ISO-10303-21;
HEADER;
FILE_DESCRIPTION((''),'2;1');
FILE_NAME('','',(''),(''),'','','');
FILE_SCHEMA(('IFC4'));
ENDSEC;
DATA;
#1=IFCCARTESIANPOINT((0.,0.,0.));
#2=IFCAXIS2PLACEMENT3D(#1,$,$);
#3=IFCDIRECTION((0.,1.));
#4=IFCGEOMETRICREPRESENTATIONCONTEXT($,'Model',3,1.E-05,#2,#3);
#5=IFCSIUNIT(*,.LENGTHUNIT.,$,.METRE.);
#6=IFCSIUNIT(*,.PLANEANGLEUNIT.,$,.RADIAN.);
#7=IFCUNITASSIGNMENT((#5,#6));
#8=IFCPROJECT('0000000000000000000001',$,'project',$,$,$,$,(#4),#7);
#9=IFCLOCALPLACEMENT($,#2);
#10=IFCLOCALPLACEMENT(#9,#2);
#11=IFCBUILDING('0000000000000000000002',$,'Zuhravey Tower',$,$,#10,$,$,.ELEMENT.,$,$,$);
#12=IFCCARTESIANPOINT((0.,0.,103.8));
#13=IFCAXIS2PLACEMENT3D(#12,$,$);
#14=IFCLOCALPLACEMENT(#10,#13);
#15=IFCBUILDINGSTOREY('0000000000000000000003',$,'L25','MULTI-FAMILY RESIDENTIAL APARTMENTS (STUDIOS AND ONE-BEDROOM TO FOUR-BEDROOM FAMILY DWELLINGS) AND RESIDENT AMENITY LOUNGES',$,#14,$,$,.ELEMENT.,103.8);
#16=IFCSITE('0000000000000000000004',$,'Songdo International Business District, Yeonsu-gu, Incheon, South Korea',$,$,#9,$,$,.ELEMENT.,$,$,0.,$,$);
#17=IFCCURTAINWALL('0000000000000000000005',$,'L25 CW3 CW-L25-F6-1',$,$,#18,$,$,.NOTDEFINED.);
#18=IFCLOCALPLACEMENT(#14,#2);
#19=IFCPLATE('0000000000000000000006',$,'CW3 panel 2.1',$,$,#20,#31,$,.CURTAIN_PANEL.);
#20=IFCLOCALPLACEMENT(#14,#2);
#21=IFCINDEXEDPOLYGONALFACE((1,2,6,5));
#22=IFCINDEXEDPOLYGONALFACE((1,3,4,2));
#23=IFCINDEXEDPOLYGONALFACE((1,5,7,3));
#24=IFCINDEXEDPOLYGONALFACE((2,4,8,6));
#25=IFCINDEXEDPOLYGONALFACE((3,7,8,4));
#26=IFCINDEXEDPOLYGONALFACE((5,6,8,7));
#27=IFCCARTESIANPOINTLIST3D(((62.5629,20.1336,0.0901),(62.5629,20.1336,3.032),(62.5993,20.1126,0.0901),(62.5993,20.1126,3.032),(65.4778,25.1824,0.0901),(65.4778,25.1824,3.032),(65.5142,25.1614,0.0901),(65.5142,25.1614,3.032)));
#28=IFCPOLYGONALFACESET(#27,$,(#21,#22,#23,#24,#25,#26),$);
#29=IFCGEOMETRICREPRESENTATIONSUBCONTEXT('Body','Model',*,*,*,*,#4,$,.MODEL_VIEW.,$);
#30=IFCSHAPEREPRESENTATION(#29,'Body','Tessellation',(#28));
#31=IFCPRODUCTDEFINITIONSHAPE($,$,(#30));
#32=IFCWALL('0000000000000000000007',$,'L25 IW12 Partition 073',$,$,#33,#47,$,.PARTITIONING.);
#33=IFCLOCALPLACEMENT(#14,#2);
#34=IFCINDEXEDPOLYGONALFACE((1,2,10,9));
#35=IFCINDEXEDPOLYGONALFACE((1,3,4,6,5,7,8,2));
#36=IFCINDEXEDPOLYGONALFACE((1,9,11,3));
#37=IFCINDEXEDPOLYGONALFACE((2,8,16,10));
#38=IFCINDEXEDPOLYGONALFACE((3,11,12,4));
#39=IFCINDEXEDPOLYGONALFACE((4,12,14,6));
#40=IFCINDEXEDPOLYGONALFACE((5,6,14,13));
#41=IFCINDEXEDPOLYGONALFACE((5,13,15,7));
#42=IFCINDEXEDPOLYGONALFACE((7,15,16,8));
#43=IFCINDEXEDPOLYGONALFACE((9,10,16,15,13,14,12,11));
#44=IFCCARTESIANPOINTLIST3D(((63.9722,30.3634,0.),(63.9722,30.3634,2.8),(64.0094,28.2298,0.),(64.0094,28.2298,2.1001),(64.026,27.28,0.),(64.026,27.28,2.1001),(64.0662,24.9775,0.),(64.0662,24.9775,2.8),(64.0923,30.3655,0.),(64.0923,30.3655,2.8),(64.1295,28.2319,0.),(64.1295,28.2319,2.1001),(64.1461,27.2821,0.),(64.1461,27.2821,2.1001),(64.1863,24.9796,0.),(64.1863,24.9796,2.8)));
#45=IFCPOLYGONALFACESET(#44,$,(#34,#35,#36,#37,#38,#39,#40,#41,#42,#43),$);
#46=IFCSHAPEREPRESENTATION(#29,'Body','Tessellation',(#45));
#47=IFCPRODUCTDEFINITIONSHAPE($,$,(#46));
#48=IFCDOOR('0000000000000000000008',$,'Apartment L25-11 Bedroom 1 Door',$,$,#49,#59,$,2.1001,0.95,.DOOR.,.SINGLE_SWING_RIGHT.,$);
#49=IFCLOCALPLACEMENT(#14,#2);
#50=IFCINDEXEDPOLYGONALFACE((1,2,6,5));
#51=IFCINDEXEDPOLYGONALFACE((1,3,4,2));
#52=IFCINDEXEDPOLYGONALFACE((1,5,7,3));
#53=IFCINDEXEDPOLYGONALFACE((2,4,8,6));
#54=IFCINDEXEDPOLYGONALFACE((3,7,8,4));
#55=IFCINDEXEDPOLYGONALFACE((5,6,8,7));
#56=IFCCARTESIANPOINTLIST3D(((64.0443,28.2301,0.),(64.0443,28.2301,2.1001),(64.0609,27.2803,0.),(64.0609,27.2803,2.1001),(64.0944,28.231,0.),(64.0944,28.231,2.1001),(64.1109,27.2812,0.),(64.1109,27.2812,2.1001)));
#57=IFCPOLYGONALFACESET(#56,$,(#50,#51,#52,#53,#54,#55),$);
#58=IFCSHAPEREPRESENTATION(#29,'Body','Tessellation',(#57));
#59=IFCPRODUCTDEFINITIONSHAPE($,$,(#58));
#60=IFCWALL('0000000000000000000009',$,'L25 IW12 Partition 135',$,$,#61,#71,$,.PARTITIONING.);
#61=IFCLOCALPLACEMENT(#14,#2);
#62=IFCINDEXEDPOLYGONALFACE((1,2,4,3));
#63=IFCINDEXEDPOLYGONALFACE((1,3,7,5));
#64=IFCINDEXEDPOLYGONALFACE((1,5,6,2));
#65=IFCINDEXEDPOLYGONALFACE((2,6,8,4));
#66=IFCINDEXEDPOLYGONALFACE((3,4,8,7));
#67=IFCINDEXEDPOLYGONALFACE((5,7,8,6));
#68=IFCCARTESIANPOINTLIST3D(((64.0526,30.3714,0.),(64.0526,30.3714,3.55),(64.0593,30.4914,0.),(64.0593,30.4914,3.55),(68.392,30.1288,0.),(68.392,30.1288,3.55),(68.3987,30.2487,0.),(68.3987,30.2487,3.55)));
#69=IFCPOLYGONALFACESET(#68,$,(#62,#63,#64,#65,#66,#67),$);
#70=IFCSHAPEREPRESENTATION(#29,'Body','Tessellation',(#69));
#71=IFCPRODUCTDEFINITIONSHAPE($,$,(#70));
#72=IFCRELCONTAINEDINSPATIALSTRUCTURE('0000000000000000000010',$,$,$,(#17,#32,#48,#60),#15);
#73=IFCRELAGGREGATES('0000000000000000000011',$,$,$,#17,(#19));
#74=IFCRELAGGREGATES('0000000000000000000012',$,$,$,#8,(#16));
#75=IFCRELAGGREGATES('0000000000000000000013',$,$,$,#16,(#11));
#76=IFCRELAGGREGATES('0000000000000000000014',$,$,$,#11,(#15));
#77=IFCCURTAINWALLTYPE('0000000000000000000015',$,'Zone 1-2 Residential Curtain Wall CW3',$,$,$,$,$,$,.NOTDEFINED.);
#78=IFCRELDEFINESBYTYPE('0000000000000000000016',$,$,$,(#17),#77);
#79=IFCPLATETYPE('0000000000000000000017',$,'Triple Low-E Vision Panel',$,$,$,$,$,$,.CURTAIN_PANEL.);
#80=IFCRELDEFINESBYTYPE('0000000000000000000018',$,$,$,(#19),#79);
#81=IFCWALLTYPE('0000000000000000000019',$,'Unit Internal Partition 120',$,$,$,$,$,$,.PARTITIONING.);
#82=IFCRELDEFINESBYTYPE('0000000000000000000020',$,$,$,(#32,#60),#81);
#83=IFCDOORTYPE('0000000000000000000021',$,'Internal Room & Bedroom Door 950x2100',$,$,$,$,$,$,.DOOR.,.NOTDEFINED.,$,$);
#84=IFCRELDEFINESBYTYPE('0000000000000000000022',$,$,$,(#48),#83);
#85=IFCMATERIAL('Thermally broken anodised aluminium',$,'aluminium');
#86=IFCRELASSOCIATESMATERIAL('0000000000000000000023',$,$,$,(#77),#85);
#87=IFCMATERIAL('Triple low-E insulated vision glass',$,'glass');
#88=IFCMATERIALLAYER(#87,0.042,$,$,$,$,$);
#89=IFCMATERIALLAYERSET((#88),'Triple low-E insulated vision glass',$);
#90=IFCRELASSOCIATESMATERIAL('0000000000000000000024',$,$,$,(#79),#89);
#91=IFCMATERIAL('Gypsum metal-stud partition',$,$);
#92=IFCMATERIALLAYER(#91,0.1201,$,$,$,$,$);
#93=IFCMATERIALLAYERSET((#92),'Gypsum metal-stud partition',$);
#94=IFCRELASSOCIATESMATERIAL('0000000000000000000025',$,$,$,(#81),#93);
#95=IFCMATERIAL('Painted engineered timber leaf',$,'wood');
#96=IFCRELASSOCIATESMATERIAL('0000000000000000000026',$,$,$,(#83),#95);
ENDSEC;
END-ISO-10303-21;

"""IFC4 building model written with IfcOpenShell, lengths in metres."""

from ifc_helpers import new_model, si_unit, direction, frame, frame_2d, origin, origin_2d, place, context, subcontext, project, spatial, rectangle, extrude, material, layer, layer_set, type_object, element, fill, aggregate, save


model = new_model("IFC4")

# Units and contexts
model_context = context("Model", 3, precision=1e-05, world=origin(), true_north=direction((0.0, 1.0)))
body_context = subcontext(model_context, "Body", "Model", "MODEL_VIEW")
ifc_project = project(units=[si_unit("LENGTHUNIT", "METRE"), si_unit("PLANEANGLEUNIT", "RADIAN")], contexts=[model_context])

# Site, building, storey
site_placement = place(None, origin())
site = spatial("IfcSite", under=ifc_project, at=site_placement, Name="Songdo International Business District, Yeonsu-gu, Incheon, South Korea", CompositionType="ELEMENT", RefElevation=0.0)
building_placement = place(site_placement, origin())
building = spatial("IfcBuilding", under=site, at=building_placement, Name="Zuhravey Tower", CompositionType="ELEMENT")
storey_placement = place(building_placement, frame((0.0, 0.0, 103.8)))
storey = spatial("IfcBuildingStorey", under=building, at=storey_placement, Name="L25", Description="MULTI-FAMILY RESIDENTIAL APARTMENTS (STUDIOS AND ONE-BEDROOM TO FOUR-BEDROOM FAMILY DWELLINGS) AND RESIDENT AMENITY LOUNGES", CompositionType="ELEMENT", Elevation=103.8)

# Curtain wall
ifc_material_1 = material(Name="Thermally broken anodised aluminium", Category="aluminium")
curtain_wall_type = type_object("IfcCurtainWallType", Name="Zone 1-2 Residential Curtain Wall CW3", PredefinedType="NOTDEFINED", material=ifc_material_1)
curtain_wall_placement = place(storey_placement, origin())
curtain_wall = element("IfcCurtainWall", 1, at=curtain_wall_placement, inside=storey, type_object=curtain_wall_type, Name="L25 CW3 CW-L25-F6-1", PredefinedType="NOTDEFINED")

# Plate
ifc_material_2 = material(Name="Triple low-E insulated vision glass", Category="glass")
ifc_layer_1 = layer(ifc_material_2, 0.042)
ifc_layer_set_1 = layer_set([ifc_layer_1], Name="Triple low-E insulated vision glass")
plate_type = type_object("IfcPlateType", Name="Triple Low-E Vision Panel", PredefinedType="CURTAIN_PANEL", material=ifc_layer_set_1)
plate_1_placement = place(storey_placement, frame((64.0386, 22.6475, 0.0901), z_axis=(0.0, 0.0, 1.0), x_axis=(-0.5, -0.866026, 0.0)))
plate_1 = element("IfcPlate", 2, at=plate_1_placement, type_object=plate_type, Name="CW3 panel 2.1", PredefinedType="CURTAIN_PANEL", context=body_context, shape_type="SweptSolid", body=[
    extrude(rectangle(XDim=5.8298, YDim=0.042, at=origin_2d()), origin(), (0.0, 0.0, 1.0), 2.9419),
])
aggregate(curtain_wall, [plate_1])

# Wall, opening, door
ifc_material_3 = material(Name="Gypsum metal-stud partition")
ifc_layer_2 = layer(ifc_material_3, 0.1201)
ifc_layer_set_2 = layer_set([ifc_layer_2], Name="Gypsum metal-stud partition")
wall_type = type_object("IfcWallType", Name="Unit Internal Partition 120", PredefinedType="PARTITIONING", material=ifc_layer_set_2)
wall_1_placement = place(storey_placement, frame((64.1262, 24.9785, 0.0), z_axis=(0.0, 0.0, 1.0), x_axis=(-0.017449, 0.999848, 0.0)))
wall_1 = element("IfcWall", 3, at=wall_1_placement, inside=storey, type_object=wall_type, Name="L25 IW12 Partition 073", PredefinedType="PARTITIONING", context=body_context, shape_type="SweptSolid", body=[
    extrude(rectangle(XDim=5.3867, YDim=0.1201, at=frame_2d((2.6934, 0.0))), origin(), (0.0, 0.0, 1.0), 2.8),
])
opening_placement = place(wall_1_placement, frame((2.3027, 0.0, 0.0)))
opening = element("IfcOpeningElement", 4, at=opening_placement, cuts=wall_1, PredefinedType="OPENING", context=body_context, shape_type="SweptSolid", body=[
    extrude(rectangle(XDim=0.95, YDim=2.1001, at=frame_2d((0.4751, 1.05))), frame((0.0, 0.072, 0.0), z_axis=(0.0, -1.0, 0.0), x_axis=(1.0, 0.0, 0.0)), (0.0, 0.0, 1.0), 0.144),
])
ifc_material_4 = material(Name="Painted engineered timber leaf", Category="wood")
door_type = type_object("IfcDoorType", Name="Internal Room & Bedroom Door 950x2100", OperationType="NOTDEFINED", PredefinedType="DOOR", material=ifc_material_4)
door_placement = place(opening_placement, frame((0.95, 0.0, 0.0), z_axis=(0.0, 0.0, 1.0), x_axis=(-1.0, 0.0, 0.0)))
door = element("IfcDoor", 5, at=door_placement, inside=storey, type_object=door_type, Name="Apartment L25-11 Bedroom 1 Door", OperationType="SINGLE_SWING_RIGHT", OverallHeight=2.1001, OverallWidth=0.95, PredefinedType="DOOR", context=body_context, shape_type="SweptSolid", body=[
    extrude(rectangle(XDim=0.95, YDim=2.1001, at=frame_2d((0.4751, 1.05))), frame((0.0, 0.0249, 0.0), z_axis=(0.0, -1.0, 0.0), x_axis=(1.0, 0.0, 0.0)), (0.0, 0.0, 1.0), 0.05),
])
fill(opening, door)

# Wall
wall_2_placement = place(storey_placement, frame((64.0559, 30.4314, 0.0), z_axis=(0.0, 0.0, 1.0), x_axis=(0.99844, -0.055837, 0.0)))
element("IfcWall", 6, at=wall_2_placement, inside=storey, type_object=wall_type, Name="L25 IW12 Partition 135", PredefinedType="PARTITIONING", context=body_context, shape_type="SweptSolid", body=[
    extrude(rectangle(XDim=4.3462, YDim=0.1201, at=frame_2d((2.1731, 0.0))), origin(), (0.0, 0.0, 1.0), 3.55),
])

save(model, "model.ifc")
